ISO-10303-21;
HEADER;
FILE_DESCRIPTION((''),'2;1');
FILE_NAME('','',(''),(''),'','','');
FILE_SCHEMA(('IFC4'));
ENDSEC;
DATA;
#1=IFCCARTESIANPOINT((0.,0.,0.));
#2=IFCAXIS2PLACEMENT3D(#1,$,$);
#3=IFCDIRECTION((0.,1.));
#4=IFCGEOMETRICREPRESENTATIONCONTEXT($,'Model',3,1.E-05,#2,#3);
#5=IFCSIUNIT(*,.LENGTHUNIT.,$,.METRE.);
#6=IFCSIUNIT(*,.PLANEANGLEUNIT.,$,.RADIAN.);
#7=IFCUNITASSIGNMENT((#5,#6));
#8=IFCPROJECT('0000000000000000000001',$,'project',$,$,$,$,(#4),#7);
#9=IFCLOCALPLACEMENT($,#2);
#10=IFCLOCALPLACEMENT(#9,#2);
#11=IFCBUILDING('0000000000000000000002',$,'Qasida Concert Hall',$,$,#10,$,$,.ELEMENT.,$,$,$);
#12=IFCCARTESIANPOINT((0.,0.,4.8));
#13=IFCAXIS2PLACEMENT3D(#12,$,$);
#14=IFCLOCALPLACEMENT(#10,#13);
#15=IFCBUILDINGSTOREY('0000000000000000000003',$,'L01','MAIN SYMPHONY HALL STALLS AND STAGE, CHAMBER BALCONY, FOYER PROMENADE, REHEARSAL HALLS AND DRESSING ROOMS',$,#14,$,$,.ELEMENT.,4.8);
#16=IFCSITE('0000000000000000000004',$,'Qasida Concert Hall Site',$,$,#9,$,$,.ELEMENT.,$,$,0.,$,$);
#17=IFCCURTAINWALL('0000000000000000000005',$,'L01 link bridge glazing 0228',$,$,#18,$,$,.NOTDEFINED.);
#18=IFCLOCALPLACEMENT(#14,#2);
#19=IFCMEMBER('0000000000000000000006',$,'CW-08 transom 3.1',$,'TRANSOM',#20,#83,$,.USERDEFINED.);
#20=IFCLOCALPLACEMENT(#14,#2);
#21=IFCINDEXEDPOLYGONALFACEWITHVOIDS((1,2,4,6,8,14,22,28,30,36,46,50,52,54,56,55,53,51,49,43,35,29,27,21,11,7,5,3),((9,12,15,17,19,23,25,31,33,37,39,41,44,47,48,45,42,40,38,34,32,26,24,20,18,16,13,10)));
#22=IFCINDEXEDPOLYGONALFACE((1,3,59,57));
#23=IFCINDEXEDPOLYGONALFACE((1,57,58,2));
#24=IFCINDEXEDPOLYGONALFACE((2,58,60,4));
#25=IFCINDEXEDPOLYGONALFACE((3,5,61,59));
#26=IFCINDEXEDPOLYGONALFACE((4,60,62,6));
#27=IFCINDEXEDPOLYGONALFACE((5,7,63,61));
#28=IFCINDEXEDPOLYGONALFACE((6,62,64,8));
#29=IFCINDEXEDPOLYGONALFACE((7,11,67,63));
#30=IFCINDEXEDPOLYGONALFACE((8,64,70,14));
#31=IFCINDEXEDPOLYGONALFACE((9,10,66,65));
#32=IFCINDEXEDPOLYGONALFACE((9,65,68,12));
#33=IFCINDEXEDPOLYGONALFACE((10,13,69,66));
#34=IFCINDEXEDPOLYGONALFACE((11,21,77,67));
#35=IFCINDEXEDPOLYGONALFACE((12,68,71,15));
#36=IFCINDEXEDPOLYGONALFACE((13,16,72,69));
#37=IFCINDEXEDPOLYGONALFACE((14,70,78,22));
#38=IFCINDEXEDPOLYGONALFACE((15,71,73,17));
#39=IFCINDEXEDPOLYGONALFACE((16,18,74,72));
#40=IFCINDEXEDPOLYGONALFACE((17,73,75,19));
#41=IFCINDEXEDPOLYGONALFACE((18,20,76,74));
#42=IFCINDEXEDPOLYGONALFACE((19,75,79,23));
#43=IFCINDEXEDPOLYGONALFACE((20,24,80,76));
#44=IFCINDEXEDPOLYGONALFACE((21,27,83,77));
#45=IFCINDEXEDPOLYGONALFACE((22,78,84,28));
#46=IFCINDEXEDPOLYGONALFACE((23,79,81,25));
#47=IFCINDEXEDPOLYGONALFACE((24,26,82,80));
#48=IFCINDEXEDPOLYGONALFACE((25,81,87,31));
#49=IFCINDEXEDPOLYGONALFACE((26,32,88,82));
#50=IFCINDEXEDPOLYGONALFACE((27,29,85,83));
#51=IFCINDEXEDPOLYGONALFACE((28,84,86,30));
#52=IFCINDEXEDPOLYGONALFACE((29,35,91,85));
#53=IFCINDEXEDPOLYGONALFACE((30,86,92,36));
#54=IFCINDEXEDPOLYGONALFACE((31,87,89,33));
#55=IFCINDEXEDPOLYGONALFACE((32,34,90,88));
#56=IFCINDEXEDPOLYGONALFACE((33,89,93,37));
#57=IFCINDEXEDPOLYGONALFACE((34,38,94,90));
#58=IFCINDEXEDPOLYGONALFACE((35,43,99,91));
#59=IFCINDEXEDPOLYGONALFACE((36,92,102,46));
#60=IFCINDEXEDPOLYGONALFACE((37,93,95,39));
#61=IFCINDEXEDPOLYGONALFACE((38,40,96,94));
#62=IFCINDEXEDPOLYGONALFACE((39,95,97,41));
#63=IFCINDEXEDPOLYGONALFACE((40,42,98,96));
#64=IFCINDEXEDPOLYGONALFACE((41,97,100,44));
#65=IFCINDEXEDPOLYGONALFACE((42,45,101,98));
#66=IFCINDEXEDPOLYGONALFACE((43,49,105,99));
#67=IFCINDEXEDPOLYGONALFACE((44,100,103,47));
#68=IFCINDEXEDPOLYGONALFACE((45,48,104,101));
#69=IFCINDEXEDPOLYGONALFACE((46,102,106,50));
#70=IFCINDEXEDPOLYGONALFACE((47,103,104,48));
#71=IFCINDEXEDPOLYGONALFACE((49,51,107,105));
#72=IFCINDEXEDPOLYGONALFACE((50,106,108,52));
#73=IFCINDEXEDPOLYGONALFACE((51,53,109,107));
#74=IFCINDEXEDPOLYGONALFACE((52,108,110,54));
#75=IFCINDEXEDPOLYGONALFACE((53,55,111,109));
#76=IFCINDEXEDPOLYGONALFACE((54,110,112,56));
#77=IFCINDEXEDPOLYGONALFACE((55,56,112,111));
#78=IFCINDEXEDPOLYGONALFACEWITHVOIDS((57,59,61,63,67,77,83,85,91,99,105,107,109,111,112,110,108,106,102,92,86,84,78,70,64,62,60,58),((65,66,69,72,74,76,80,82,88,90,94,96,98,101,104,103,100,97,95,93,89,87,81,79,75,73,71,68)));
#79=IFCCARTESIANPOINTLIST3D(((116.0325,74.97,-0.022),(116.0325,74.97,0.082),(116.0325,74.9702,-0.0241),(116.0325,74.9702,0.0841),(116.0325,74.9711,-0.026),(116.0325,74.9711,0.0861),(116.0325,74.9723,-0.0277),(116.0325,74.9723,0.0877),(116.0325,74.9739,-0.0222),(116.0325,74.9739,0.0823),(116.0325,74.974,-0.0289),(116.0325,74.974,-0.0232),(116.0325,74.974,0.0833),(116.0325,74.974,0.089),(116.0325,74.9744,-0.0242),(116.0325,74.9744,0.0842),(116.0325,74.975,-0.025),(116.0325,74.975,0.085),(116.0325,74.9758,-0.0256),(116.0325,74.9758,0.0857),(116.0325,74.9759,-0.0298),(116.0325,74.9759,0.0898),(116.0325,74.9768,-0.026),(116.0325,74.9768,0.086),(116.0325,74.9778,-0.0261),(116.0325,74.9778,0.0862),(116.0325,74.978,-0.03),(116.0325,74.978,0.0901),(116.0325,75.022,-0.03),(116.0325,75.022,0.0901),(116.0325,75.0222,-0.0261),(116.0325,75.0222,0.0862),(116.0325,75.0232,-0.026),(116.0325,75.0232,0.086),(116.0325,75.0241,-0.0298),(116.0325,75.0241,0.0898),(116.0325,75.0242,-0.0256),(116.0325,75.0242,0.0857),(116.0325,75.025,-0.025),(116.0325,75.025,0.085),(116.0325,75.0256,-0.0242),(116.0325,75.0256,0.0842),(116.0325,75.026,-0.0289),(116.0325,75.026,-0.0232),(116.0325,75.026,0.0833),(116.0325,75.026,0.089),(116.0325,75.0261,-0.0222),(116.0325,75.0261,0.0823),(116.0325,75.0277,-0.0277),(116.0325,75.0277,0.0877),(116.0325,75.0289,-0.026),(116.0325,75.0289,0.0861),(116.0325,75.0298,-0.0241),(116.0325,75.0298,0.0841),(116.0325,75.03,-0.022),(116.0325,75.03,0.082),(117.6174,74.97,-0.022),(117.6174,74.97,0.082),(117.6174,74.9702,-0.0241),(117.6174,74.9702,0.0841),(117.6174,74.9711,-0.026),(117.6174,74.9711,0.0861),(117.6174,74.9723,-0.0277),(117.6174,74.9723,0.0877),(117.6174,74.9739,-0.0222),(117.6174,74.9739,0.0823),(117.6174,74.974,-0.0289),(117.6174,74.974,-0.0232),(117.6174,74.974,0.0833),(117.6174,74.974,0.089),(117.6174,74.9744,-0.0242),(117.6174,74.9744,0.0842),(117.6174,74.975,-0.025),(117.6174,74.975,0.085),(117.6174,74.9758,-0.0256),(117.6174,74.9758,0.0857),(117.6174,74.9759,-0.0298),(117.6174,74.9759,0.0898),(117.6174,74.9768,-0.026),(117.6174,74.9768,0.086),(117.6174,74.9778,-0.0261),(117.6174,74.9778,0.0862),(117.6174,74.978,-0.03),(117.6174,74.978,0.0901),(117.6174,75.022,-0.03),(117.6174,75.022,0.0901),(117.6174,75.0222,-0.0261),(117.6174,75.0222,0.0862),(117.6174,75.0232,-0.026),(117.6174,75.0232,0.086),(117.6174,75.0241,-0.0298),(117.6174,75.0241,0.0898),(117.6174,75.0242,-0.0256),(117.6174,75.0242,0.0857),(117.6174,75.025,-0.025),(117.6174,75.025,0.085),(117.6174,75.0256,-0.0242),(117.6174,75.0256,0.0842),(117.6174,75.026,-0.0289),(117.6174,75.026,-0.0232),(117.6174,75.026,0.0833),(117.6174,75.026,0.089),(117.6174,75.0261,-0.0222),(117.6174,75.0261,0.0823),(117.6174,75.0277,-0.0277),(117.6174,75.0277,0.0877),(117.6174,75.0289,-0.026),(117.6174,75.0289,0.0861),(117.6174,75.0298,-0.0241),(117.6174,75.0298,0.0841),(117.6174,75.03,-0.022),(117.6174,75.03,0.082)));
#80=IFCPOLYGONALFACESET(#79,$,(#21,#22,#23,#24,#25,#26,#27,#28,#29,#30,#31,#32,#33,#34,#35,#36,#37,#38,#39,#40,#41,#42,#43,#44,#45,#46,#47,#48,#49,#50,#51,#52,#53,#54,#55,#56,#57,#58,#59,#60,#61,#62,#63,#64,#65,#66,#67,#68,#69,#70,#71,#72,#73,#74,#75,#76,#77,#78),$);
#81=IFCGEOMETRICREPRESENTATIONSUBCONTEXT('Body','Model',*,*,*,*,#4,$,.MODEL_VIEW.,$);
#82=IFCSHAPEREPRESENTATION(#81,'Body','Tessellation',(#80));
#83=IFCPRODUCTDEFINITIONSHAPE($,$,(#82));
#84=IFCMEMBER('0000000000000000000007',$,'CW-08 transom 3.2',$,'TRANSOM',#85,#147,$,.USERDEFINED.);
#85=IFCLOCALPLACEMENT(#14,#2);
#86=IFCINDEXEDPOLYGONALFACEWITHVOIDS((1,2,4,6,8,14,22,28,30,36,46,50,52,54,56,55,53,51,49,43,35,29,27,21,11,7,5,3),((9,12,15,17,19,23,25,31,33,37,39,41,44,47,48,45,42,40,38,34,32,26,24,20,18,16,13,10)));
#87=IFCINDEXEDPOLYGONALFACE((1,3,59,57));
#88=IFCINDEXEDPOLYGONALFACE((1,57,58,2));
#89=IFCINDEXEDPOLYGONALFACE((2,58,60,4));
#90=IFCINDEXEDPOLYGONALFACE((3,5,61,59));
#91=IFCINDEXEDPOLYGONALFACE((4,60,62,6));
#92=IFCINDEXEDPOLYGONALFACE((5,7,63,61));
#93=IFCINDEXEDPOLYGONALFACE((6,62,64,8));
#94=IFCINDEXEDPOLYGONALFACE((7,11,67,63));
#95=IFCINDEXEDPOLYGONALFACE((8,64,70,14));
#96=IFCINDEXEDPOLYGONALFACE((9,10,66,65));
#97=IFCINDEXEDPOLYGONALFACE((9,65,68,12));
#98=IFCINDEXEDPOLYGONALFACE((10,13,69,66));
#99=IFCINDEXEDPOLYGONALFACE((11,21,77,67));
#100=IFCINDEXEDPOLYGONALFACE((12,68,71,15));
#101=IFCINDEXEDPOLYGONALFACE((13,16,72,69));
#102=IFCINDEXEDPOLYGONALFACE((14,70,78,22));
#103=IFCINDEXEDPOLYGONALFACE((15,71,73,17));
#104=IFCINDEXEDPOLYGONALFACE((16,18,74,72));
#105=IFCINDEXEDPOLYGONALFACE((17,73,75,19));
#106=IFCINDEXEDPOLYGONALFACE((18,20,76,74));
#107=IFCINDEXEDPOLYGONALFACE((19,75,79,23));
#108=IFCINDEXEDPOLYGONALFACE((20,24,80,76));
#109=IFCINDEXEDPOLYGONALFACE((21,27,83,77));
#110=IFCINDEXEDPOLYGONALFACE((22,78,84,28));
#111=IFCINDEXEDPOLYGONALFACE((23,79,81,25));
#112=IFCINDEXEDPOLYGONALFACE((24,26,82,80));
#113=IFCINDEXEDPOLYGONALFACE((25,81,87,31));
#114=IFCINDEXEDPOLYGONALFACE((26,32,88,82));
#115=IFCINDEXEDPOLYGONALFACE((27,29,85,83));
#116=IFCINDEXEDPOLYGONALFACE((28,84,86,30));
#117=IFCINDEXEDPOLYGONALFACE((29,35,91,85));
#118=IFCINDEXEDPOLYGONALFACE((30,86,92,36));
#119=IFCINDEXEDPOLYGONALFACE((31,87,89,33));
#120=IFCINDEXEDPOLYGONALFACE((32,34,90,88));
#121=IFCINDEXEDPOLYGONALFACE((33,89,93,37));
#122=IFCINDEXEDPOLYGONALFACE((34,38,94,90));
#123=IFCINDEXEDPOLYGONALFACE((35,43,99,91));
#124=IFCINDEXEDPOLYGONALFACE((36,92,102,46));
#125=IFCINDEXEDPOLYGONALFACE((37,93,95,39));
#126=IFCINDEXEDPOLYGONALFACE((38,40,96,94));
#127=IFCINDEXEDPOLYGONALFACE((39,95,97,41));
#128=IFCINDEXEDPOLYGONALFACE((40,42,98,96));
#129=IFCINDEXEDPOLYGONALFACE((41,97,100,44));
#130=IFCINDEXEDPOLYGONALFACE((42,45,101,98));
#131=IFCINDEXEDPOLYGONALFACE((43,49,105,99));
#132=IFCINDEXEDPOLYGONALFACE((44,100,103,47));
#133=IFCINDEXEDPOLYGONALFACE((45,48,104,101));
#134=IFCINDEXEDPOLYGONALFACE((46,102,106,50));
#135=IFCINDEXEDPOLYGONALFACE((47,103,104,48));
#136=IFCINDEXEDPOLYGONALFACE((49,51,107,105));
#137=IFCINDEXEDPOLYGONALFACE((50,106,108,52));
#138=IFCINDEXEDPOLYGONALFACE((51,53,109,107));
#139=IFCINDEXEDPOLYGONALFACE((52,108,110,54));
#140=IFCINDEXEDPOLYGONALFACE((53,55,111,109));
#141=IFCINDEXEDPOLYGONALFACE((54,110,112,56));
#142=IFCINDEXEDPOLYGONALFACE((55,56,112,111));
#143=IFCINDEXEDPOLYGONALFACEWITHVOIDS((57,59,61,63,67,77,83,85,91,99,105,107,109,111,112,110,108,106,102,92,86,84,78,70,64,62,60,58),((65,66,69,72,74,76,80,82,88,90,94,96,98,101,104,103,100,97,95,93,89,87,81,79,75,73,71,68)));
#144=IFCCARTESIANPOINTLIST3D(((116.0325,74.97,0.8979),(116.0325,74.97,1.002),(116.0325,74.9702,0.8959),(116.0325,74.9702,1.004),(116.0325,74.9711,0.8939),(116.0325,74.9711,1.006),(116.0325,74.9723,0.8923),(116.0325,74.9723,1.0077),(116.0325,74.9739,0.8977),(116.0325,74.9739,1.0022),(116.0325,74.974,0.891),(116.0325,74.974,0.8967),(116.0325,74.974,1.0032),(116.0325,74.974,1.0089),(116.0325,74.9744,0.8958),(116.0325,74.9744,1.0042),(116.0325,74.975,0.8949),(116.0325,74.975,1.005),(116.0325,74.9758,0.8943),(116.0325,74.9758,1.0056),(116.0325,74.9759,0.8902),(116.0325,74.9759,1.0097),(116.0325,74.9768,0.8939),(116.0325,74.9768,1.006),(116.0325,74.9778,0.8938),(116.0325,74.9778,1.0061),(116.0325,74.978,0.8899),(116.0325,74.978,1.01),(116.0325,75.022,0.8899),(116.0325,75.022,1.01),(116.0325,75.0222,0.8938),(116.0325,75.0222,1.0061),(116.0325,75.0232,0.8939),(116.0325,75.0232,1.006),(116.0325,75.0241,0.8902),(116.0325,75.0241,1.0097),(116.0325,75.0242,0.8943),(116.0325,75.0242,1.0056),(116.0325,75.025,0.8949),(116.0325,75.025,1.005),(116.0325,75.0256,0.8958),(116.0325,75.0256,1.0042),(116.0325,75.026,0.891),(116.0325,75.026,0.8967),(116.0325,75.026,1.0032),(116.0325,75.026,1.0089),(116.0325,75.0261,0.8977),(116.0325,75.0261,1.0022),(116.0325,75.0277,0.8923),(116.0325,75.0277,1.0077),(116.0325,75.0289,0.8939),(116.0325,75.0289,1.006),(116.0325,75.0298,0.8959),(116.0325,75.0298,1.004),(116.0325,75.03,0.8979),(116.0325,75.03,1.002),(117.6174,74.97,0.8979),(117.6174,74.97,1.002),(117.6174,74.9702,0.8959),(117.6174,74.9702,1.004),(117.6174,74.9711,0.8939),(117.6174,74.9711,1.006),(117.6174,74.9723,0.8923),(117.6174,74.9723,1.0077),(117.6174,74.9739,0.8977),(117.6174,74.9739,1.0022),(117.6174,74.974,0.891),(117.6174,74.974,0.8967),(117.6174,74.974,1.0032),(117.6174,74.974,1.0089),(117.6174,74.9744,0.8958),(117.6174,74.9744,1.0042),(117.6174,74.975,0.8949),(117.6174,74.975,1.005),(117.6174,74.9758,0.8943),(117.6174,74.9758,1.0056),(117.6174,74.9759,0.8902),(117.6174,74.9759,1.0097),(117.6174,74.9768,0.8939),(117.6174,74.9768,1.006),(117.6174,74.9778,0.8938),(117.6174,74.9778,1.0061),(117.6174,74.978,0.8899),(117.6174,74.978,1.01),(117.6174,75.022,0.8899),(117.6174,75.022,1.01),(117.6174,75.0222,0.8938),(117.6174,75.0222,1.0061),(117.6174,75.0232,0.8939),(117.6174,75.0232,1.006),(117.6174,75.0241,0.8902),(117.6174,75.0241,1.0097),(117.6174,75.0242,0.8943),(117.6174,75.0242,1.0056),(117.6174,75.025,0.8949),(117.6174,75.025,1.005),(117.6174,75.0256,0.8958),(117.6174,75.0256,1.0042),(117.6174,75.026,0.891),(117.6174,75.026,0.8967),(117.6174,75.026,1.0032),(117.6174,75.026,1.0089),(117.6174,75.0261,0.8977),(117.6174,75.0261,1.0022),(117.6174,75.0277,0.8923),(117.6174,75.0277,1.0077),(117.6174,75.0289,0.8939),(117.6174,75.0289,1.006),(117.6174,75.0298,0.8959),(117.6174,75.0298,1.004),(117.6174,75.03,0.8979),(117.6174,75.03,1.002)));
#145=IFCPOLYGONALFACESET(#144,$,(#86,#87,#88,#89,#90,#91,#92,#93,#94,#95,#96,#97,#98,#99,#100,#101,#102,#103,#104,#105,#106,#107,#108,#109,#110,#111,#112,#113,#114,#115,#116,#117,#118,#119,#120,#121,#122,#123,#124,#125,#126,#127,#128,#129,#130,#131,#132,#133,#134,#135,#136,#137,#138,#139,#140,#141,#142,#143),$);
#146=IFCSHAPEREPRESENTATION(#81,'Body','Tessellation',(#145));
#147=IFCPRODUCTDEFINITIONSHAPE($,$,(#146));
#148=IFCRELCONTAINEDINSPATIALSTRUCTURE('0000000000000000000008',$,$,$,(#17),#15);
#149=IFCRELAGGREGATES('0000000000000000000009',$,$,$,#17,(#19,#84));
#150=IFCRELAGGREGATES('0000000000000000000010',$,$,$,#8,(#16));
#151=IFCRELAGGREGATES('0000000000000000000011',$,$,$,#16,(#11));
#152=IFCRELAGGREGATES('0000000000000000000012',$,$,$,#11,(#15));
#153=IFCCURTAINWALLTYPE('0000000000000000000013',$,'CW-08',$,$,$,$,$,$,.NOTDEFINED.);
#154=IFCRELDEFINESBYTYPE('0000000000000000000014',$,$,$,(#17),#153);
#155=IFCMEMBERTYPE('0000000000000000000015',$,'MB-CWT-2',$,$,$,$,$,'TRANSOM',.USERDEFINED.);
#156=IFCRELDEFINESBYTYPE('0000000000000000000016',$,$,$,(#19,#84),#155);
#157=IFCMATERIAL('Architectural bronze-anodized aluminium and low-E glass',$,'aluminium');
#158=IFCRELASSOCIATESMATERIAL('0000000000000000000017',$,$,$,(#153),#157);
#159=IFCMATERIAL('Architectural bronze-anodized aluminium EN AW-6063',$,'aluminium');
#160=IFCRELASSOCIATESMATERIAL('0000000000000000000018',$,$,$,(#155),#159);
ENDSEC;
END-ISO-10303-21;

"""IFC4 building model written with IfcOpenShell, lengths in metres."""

from ifc_helpers import new_model, si_unit, direction, frame, origin, origin_2d, place, context, subcontext, project, spatial, hollow_rectangle, extrude, material, material_profile, profile_set, type_object, element, aggregate, save


model = new_model("IFC4")

# Units and contexts
model_context = context("Model", 3, precision=1e-05, world=origin(), true_north=direction((0.0, 1.0)))
body_context = subcontext(model_context, "Body", "Model", "MODEL_VIEW")
ifc_project = project(units=[si_unit("LENGTHUNIT", "METRE"), si_unit("PLANEANGLEUNIT", "RADIAN")], contexts=[model_context])

# Site, building, storey
site_placement = place(None, origin())
site = spatial("IfcSite", under=ifc_project, at=site_placement, Name="Qasida Concert Hall Site", CompositionType="ELEMENT", RefElevation=0.0)
building_placement = place(site_placement, origin())
building = spatial("IfcBuilding", under=site, at=building_placement, Name="Qasida Concert Hall", CompositionType="ELEMENT")
storey_placement = place(building_placement, frame((0.0, 0.0, 4.8)))
storey = spatial("IfcBuildingStorey", under=building, at=storey_placement, Name="L01", Description="MAIN SYMPHONY HALL STALLS AND STAGE, CHAMBER BALCONY, FOYER PROMENADE, REHEARSAL HALLS AND DRESSING ROOMS", CompositionType="ELEMENT", Elevation=4.8)

# Curtain wall, members
ifc_material_1 = material(Name="Architectural bronze-anodized aluminium and low-E glass", Category="aluminium")
curtain_wall_type = type_object("IfcCurtainWallType", Name="CW-08", PredefinedType="NOTDEFINED", material=ifc_material_1)
curtain_wall_placement = place(storey_placement, origin())
curtain_wall = element("IfcCurtainWall", 1, at=curtain_wall_placement, inside=storey, type_object=curtain_wall_type, Name="L01 link bridge glazing 0228", PredefinedType="NOTDEFINED")
ifc_material_2 = material(Name="Architectural bronze-anodized aluminium EN AW-6063", Category="aluminium")
ifc_material_profile_1 = material_profile(ifc_material_2, hollow_rectangle(XDim=0.0601, YDim=0.1201, WallThickness=0.0039, InnerFilletRadius=0.0039, OuterFilletRadius=0.0081, at=origin_2d()), Name="CWT 120x60x4")
ifc_profile_set_1 = profile_set([ifc_material_profile_1], Name="Architectural bronze-anodized aluminium EN AW-6063")
member_type_1 = type_object("IfcMemberType", Name="MB-CWT-2", ElementType="TRANSOM", PredefinedType="USERDEFINED", material=ifc_profile_set_1)
member_1_placement = place(storey_placement, frame((116.0325, 75.0, 0.03), z_axis=(1.0, 0.0, 0.0), x_axis=(0.0, 1.0, 0.0)))
member_1 = element("IfcMember", 2, at=member_1_placement, type_object=member_type_1, Name="CW-08 transom 3.1", ObjectType="TRANSOM", PredefinedType="USERDEFINED", context=body_context, shape_type="SweptSolid", body=[
    extrude(hollow_rectangle(XDim=0.0601, YDim=0.1201, WallThickness=0.0039, InnerFilletRadius=0.0039, OuterFilletRadius=0.0081, at=origin_2d()), origin(), (0.0, 0.0, 1.0), 1.585),
])
member_2_placement = place(storey_placement, frame((116.0325, 75.0, 0.95), z_axis=(1.0, 0.0, 0.0), x_axis=(0.0, 1.0, 0.0)))
member_2 = element("IfcMember", 3, at=member_2_placement, type_object=member_type_1, Name="CW-08 transom 3.2", ObjectType="TRANSOM", PredefinedType="USERDEFINED", context=body_context, shape_type="SweptSolid", body=[
    extrude(hollow_rectangle(XDim=0.0601, YDim=0.1201, WallThickness=0.0039, InnerFilletRadius=0.0039, OuterFilletRadius=0.0081, at=origin_2d()), origin(), (0.0, 0.0, 1.0), 1.585),
])
aggregate(curtain_wall, [member_1, member_2])

save(model, "model.ifc")
